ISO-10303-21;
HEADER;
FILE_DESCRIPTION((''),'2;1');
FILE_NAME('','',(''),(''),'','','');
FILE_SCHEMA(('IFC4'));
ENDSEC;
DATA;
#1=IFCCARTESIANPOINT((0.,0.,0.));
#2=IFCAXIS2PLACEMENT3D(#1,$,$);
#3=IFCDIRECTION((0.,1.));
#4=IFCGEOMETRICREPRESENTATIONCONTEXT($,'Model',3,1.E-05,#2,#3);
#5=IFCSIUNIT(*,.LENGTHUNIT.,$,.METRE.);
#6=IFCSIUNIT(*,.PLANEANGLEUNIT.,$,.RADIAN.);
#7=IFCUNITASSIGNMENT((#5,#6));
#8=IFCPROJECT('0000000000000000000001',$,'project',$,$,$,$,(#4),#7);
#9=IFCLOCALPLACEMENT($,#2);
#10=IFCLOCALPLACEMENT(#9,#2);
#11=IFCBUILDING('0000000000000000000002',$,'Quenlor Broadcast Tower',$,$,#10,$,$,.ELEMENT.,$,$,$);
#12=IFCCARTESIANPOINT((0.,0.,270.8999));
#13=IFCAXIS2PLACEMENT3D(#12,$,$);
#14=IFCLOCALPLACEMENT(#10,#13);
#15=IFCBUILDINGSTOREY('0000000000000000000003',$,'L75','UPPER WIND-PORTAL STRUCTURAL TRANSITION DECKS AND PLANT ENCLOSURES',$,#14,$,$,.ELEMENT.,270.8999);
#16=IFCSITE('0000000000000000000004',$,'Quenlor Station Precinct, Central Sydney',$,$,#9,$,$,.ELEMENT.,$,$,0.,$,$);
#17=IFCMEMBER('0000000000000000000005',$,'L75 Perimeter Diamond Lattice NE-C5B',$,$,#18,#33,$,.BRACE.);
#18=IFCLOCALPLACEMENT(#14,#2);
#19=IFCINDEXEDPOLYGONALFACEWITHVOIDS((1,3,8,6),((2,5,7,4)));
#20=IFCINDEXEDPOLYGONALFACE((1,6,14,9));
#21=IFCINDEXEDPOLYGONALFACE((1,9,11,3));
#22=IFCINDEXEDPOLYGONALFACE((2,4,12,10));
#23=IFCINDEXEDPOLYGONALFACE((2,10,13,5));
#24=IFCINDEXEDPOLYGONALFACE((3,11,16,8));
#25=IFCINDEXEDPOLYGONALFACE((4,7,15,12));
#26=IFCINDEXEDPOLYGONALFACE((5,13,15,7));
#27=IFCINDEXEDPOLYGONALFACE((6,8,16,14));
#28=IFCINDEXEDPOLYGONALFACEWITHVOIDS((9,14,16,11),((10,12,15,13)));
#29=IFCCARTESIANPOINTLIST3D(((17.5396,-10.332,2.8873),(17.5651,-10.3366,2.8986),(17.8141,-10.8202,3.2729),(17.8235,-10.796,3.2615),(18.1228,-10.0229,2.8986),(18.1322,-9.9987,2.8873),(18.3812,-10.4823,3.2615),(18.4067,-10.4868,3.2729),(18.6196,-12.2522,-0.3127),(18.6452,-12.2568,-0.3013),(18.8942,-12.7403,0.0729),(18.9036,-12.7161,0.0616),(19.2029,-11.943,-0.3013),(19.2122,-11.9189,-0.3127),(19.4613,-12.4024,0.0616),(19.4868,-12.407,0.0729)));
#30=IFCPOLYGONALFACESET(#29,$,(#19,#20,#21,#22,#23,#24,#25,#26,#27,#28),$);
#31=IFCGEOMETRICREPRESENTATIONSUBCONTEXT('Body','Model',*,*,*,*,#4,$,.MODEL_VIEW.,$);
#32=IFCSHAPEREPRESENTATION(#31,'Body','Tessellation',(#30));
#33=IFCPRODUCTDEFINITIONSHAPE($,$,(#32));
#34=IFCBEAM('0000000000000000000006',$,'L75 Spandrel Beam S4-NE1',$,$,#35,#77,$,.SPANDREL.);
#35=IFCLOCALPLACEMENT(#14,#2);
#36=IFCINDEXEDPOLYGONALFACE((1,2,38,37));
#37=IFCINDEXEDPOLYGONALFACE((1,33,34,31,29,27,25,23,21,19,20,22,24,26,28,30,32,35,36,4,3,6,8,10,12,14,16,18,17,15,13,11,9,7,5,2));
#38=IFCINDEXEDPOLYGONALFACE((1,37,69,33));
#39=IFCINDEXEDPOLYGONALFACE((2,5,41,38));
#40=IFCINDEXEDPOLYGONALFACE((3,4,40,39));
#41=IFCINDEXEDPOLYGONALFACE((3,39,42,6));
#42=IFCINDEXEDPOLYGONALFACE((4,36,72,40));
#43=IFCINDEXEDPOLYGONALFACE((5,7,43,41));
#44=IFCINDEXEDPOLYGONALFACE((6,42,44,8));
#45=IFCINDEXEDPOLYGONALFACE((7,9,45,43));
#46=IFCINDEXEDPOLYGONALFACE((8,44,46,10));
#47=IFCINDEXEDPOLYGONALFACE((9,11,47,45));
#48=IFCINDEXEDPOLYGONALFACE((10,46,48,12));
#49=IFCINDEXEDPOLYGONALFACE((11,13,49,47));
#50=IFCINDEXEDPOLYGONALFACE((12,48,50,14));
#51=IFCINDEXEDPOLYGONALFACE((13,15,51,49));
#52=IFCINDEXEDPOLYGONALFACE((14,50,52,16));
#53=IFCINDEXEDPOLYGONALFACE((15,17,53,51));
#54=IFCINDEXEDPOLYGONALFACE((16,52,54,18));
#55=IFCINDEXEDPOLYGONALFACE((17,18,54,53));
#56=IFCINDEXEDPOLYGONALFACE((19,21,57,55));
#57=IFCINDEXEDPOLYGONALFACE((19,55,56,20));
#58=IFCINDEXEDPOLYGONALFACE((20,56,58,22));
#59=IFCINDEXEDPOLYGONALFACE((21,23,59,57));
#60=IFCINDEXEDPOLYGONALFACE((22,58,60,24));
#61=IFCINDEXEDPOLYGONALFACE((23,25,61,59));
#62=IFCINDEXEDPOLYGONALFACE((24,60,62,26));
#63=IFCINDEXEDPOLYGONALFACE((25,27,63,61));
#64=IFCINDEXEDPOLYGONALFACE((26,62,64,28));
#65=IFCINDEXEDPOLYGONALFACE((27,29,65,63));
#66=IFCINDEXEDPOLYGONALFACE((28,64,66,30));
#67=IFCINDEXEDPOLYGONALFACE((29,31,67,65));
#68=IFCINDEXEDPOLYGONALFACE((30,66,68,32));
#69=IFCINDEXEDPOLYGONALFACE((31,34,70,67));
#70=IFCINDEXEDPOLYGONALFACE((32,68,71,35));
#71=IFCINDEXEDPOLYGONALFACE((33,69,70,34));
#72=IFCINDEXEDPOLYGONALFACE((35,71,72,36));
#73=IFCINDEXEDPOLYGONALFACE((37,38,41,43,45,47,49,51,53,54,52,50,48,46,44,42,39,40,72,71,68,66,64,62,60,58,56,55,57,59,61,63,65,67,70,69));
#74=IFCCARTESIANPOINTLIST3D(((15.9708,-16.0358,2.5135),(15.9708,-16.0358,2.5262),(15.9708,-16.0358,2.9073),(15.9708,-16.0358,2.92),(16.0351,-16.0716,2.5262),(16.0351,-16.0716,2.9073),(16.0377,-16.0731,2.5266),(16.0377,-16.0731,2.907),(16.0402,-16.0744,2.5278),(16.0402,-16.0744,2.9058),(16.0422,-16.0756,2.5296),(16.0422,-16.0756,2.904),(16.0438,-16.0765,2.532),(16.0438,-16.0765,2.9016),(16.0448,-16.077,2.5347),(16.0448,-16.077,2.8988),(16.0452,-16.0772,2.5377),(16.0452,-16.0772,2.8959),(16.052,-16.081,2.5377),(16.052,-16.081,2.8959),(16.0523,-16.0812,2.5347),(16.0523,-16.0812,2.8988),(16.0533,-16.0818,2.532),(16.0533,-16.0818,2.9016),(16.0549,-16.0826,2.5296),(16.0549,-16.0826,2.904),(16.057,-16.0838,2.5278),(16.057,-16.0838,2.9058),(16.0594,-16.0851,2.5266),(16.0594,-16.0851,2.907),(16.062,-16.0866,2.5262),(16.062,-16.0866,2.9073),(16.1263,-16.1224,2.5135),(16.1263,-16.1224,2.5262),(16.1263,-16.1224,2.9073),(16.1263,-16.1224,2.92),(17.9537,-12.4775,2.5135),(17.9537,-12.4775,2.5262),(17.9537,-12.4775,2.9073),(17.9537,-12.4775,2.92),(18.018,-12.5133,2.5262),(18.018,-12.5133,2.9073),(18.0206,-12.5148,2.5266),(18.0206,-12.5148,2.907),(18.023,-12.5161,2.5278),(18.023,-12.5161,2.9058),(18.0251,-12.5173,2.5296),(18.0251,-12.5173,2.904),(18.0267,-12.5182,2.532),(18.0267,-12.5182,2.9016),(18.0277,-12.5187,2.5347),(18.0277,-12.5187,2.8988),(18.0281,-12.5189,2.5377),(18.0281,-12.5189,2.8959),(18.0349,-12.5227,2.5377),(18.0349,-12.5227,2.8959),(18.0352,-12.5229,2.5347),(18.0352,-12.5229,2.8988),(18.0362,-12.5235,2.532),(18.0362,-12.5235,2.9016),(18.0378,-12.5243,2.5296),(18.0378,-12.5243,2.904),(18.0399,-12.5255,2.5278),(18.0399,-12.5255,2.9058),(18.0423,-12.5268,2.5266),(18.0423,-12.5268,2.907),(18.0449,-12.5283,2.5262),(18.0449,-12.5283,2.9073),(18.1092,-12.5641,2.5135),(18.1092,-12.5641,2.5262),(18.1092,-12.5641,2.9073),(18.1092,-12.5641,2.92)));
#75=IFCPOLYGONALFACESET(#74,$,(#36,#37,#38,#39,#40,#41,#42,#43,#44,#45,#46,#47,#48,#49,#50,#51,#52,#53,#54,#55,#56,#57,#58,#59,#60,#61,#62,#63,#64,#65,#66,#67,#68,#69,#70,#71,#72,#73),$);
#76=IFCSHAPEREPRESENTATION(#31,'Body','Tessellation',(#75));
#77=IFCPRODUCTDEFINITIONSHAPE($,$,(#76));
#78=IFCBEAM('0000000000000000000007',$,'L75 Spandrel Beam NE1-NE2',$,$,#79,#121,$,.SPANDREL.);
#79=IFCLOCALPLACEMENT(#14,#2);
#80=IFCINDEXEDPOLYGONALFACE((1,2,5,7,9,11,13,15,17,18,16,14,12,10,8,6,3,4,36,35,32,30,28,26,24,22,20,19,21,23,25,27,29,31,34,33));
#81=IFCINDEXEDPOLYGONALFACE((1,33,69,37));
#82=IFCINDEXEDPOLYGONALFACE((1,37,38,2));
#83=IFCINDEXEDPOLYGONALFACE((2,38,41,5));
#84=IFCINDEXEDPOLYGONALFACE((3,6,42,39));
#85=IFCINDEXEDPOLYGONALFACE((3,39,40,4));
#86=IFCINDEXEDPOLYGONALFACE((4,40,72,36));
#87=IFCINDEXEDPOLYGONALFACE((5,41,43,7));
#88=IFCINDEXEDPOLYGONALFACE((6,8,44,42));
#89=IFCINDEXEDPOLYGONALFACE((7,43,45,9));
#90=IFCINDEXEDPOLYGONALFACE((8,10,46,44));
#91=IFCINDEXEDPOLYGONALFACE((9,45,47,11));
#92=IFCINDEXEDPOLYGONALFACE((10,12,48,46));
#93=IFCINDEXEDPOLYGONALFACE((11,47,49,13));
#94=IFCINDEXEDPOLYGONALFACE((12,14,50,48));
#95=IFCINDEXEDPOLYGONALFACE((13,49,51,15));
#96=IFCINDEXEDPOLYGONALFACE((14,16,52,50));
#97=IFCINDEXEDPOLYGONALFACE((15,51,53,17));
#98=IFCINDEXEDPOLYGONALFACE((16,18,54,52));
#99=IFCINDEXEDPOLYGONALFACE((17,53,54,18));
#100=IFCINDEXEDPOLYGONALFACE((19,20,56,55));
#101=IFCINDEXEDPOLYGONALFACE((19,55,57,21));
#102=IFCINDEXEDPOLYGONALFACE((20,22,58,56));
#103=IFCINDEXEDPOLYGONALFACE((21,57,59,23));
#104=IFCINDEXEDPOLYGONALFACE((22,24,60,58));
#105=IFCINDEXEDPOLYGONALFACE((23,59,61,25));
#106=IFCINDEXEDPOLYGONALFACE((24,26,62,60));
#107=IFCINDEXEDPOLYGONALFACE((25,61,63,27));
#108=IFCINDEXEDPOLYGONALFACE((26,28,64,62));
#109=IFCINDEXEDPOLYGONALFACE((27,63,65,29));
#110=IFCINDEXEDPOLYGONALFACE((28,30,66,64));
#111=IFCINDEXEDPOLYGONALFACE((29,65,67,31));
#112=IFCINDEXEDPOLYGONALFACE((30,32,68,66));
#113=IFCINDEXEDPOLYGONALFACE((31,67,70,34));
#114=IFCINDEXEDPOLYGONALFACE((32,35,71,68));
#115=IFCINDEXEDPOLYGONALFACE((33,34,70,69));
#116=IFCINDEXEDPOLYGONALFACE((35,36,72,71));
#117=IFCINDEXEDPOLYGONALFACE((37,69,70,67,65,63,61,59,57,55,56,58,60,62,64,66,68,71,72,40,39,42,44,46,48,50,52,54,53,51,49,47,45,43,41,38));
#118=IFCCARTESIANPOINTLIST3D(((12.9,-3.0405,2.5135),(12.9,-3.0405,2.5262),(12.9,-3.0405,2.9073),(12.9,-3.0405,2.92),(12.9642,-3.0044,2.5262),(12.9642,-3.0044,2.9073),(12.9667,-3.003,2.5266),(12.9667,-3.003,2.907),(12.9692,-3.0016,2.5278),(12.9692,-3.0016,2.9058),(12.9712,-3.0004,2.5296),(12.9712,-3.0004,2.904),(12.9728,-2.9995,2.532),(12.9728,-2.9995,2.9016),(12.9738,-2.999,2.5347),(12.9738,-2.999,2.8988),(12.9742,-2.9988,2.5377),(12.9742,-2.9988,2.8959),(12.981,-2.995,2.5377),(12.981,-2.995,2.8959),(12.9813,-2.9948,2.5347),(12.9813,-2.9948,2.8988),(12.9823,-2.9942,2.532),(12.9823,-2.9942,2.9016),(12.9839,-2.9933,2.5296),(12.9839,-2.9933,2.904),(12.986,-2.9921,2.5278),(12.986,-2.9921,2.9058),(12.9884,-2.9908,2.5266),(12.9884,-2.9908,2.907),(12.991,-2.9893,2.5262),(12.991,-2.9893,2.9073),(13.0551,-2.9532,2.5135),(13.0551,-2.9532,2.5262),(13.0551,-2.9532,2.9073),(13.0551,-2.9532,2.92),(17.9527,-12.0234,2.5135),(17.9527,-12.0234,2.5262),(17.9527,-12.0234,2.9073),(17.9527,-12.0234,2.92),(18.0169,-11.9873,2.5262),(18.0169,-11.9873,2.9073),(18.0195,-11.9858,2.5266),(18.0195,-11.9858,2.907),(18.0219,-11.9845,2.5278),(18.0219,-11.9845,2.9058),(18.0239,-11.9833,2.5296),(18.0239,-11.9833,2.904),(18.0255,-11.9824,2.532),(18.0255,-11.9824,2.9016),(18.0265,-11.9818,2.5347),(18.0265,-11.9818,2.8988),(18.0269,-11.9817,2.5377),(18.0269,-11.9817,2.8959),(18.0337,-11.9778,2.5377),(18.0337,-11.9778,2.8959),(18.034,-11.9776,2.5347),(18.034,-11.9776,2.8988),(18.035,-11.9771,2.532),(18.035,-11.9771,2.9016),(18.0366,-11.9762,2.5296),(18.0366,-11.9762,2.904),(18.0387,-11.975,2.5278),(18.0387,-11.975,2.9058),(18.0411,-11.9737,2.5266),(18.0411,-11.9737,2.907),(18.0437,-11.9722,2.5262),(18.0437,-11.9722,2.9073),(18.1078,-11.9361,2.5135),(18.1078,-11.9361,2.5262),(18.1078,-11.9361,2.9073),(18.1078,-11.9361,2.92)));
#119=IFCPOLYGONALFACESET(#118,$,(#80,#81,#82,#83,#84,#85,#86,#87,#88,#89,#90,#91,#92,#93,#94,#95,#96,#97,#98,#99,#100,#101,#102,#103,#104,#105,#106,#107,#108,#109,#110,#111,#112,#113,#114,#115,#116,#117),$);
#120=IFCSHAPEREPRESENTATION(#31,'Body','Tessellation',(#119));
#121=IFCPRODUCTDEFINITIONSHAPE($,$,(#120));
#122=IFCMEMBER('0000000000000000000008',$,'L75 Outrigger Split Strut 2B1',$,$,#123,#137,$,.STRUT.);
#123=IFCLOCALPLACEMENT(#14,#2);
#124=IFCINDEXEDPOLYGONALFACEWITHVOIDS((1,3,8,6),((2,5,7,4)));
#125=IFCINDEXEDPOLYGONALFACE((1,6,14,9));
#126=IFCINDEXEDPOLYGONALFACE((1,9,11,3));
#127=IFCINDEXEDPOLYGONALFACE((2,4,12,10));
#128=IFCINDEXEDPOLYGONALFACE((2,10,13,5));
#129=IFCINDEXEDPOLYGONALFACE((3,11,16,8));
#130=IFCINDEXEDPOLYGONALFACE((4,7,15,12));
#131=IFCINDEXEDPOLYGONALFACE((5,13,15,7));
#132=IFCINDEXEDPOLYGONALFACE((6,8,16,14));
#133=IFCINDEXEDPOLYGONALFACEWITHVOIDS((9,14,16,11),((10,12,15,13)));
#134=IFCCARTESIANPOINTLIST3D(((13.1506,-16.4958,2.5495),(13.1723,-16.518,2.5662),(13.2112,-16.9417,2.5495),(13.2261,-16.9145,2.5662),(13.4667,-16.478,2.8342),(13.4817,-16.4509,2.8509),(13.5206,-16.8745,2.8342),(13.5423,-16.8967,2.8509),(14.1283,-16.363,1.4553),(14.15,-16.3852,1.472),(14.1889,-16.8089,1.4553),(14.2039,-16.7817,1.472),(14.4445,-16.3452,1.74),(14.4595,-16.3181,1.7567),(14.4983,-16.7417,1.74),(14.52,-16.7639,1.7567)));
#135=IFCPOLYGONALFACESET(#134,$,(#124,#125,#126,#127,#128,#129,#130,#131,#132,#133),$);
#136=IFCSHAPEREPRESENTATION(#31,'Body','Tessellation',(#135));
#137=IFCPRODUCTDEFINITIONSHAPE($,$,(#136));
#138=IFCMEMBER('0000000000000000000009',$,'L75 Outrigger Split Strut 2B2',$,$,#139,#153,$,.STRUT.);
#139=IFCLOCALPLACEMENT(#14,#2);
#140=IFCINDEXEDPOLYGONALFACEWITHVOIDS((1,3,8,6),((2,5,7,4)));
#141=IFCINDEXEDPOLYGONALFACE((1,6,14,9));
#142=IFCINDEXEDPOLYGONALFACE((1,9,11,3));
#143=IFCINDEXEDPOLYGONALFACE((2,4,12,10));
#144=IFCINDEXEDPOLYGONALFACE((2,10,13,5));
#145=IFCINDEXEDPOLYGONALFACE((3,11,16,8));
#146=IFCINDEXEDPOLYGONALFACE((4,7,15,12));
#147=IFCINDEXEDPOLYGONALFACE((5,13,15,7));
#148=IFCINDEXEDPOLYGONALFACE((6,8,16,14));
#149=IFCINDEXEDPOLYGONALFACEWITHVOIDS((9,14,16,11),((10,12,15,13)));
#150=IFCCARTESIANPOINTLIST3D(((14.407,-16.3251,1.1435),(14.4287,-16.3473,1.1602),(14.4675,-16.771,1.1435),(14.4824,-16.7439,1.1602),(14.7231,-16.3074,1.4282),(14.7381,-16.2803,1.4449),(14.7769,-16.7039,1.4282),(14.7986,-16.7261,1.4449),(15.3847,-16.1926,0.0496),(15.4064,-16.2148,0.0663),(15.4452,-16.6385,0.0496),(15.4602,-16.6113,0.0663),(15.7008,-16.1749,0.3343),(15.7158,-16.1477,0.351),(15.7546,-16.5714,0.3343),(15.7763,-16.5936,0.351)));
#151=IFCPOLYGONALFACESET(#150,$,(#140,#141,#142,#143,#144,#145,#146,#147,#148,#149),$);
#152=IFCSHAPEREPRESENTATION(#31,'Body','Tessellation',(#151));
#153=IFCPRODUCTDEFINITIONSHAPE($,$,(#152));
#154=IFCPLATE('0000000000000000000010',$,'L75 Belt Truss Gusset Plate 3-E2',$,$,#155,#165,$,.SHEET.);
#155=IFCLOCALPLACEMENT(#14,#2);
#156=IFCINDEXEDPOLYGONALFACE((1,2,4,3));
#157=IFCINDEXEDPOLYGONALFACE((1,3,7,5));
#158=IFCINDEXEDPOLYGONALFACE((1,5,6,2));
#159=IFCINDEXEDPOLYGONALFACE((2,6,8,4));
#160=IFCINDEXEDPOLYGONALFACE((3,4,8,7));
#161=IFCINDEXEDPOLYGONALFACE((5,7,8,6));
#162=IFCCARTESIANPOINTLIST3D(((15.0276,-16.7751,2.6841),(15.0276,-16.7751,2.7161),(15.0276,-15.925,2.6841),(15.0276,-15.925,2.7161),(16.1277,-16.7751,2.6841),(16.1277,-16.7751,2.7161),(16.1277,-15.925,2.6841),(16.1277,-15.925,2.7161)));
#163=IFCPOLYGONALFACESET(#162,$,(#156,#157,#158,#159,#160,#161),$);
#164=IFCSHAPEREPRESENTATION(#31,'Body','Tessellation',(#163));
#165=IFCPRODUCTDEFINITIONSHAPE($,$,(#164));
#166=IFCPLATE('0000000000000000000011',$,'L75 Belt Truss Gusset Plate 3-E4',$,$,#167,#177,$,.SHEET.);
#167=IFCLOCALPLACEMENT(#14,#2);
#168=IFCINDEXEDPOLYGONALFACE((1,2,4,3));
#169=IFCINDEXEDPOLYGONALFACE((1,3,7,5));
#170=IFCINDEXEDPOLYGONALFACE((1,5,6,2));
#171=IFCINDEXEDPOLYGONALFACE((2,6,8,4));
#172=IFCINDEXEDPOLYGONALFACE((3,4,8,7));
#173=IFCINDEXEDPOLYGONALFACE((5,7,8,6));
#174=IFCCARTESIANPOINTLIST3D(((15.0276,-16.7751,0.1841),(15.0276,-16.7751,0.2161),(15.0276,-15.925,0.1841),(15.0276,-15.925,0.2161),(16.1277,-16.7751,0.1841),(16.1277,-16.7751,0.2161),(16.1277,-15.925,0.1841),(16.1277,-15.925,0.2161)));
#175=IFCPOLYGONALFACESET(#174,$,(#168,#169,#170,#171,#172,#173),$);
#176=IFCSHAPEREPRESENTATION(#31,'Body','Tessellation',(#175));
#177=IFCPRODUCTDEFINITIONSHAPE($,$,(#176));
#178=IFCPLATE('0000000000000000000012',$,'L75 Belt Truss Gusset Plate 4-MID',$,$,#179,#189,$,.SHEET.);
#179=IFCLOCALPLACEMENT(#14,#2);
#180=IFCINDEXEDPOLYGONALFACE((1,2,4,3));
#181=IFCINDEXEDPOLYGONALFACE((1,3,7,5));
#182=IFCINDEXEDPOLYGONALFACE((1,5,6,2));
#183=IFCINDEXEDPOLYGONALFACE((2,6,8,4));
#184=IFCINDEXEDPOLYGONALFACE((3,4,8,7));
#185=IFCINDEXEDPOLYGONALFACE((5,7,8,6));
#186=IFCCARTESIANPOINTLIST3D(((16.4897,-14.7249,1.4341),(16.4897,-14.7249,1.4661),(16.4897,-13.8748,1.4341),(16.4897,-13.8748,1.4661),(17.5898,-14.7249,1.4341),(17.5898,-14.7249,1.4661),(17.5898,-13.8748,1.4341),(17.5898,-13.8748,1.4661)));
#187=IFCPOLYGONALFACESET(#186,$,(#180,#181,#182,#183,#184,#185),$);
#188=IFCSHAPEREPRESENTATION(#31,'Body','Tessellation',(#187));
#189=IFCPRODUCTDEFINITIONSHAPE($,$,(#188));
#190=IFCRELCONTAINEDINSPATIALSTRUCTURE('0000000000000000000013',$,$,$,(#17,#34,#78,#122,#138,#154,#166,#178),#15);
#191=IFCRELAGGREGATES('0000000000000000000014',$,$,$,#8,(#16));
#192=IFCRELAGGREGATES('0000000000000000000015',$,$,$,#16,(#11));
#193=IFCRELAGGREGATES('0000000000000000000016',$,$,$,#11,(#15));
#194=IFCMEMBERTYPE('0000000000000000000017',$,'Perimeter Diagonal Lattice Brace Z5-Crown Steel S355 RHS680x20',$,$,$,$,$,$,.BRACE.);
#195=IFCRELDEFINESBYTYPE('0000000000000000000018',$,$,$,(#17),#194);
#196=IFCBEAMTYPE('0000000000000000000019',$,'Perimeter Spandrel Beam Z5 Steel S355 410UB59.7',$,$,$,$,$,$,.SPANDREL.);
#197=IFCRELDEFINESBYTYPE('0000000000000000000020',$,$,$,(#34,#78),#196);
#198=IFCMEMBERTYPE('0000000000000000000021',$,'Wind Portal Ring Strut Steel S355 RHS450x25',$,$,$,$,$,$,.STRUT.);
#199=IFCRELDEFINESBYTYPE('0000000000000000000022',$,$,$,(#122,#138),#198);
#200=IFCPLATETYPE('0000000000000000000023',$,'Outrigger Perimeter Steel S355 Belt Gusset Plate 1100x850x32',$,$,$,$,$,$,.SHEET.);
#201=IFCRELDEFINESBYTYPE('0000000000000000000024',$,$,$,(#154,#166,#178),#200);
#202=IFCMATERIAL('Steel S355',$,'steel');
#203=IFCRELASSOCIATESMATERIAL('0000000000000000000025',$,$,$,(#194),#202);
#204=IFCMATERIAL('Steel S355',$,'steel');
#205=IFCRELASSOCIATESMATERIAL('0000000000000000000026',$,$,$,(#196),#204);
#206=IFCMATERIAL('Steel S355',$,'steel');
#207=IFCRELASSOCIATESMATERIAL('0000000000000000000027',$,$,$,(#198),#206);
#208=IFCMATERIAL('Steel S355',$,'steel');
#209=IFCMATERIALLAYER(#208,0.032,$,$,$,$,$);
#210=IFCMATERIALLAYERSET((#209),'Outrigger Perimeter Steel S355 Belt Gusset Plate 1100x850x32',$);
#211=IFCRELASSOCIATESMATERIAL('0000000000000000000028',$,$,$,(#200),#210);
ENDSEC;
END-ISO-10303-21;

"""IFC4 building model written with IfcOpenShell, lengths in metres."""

from ifc_helpers import new_model, si_unit, direction, frame, origin, origin_2d, place, context, subcontext, project, spatial, rectangle, hollow_rectangle, i_section, extrude, material, layer, layer_set, material_profile, profile_set, type_object, element, save


model = new_model("IFC4")

# Units and contexts
model_context = context("Model", 3, precision=1e-05, world=origin(), true_north=direction((0.0, 1.0)))
body_context = subcontext(model_context, "Body", "Model", "MODEL_VIEW")
ifc_project = project(units=[si_unit("LENGTHUNIT", "METRE"), si_unit("PLANEANGLEUNIT", "RADIAN")], contexts=[model_context])

# Site, building, storey
site_placement = place(None, origin())
site = spatial("IfcSite", under=ifc_project, at=site_placement, Name="Quenlor Station Precinct, Central Sydney", CompositionType="ELEMENT", RefElevation=0.0)
building_placement = place(site_placement, origin())
building = spatial("IfcBuilding", under=site, at=building_placement, Name="Quenlor Broadcast Tower", CompositionType="ELEMENT")
storey_placement = place(building_placement, frame((0.0, 0.0, 270.8999)))
storey = spatial("IfcBuildingStorey", under=building, at=storey_placement, Name="L75", Description="UPPER WIND-PORTAL STRUCTURAL TRANSITION DECKS AND PLANT ENCLOSURES", CompositionType="ELEMENT", Elevation=270.8999)

# Member
ifc_material_1 = material(Name="Steel S355", Category="steel")
ifc_material_profile_1 = material_profile(ifc_material_1, hollow_rectangle(XDim=0.6799, YDim=0.6799, WallThickness=0.02, at=origin_2d()))
ifc_profile_set_1 = profile_set([ifc_material_profile_1], Name="Steel S355 RHS680x680x20")
member_type_1 = type_object("IfcMemberType", Name="Perimeter Diagonal Lattice Brace Z5-Crown Steel S355 RHS680x20", PredefinedType="BRACE", material=ifc_profile_set_1)
member_1_placement = place(storey_placement, frame((19.0532, -12.3296, -0.1199), z_axis=(-0.278012, 0.49425, 0.823666), x_axis=(-0.871578, -0.490256, 0.0)))
element("IfcMember", 1, at=member_1_placement, inside=storey, type_object=member_type_1, Name="L75 Perimeter Diamond Lattice NE-C5B", PredefinedType="BRACE", context=body_context, shape_type="SweptSolid", body=[
    extrude(hollow_rectangle(XDim=0.6799, YDim=0.6799, WallThickness=0.02, at=origin_2d()), origin(), (0.0, 0.0, 1.0), 3.885),
])

# Beams
ifc_material_2 = material(Name="Steel S355", Category="steel")
ifc_material_profile_2 = material_profile(ifc_material_2, i_section(OverallWidth=0.178, OverallDepth=0.4065, WebThickness=0.0078, FlangeThickness=0.0127, FilletRadius=0.0115, at=origin_2d()))
ifc_profile_set_2 = profile_set([ifc_material_profile_2], Name="Steel S355 410UB59.7")
beam_type_1 = type_object("IfcBeamType", Name="Perimeter Spandrel Beam Z5 Steel S355 410UB59.7", PredefinedType="SPANDREL", material=ifc_profile_set_2)
beam_1_placement = place(storey_placement, frame((16.0486, -16.0791, 2.7168), z_axis=(0.486777, 0.873526, 0.0), x_axis=(-0.873526, 0.486777, 0.0)))
element("IfcBeam", 2, at=beam_1_placement, inside=storey, type_object=beam_type_1, Name="L75 Spandrel Beam S4-NE1", PredefinedType="SPANDREL", context=body_context, shape_type="SweptSolid", body=[
    extrude(i_section(OverallWidth=0.178, OverallDepth=0.4065, WebThickness=0.0078, FlangeThickness=0.0127, FilletRadius=0.0115, at=origin_2d()), origin(), (0.0, 0.0, 1.0), 4.0735),
])
beam_2_placement = place(storey_placement, frame((18.0303, -11.9797, 2.7168), z_axis=(-0.49025, 0.871582, 0.0), x_axis=(-0.871582, -0.49025, 0.0)))
element("IfcBeam", 3, at=beam_2_placement, inside=storey, type_object=beam_type_1, Name="L75 Spandrel Beam NE1-NE2", PredefinedType="SPANDREL", context=body_context, shape_type="SweptSolid", body=[
    extrude(i_section(OverallWidth=0.178, OverallDepth=0.4065, WebThickness=0.0078, FlangeThickness=0.0127, FilletRadius=0.0115, at=origin_2d()), origin(), (0.0, 0.0, 1.0), 10.3064),
])

# Members
ifc_material_3 = material(Name="Steel S355", Category="steel")
ifc_material_profile_3 = material_profile(ifc_material_3, hollow_rectangle(XDim=0.45, YDim=0.45, WallThickness=0.0249, at=origin_2d()))
ifc_profile_set_3 = profile_set([ifc_material_profile_3], Name="Steel S355 RHS450x450x25")
member_type_2 = type_object("IfcMemberType", Name="Wind Portal Ring Strut Steel S355 RHS450x25", PredefinedType="STRUT", material=ifc_profile_set_3)
member_2_placement = place(storey_placement, frame((13.3464, -16.6963, 2.7002), z_axis=(0.663601, 0.090137, -0.742637), x_axis=(-0.134594, 0.990901, 0.0)))
element("IfcMember", 4, at=member_2_placement, inside=storey, type_object=member_type_2, Name="L75 Outrigger Split Strut 2B1", PredefinedType="STRUT", context=body_context, shape_type="SweptSolid", body=[
    extrude(hollow_rectangle(XDim=0.45, YDim=0.45, WallThickness=0.0249, at=origin_2d()), origin(), (0.0, 0.0, 1.0), 1.4734),
])
member_3_placement = place(storey_placement, frame((14.6028, -16.5256, 1.2942), z_axis=(0.663693, 0.089984, -0.742573), x_axis=(-0.134351, 0.990934, 0.0)))
element("IfcMember", 5, at=member_3_placement, inside=storey, type_object=member_type_2, Name="L75 Outrigger Split Strut 2B2", PredefinedType="STRUT", context=body_context, shape_type="SweptSolid", body=[
    extrude(hollow_rectangle(XDim=0.45, YDim=0.45, WallThickness=0.0249, at=origin_2d()), origin(), (0.0, 0.0, 1.0), 1.4731),
])

# Plates
ifc_material_4 = material(Name="Steel S355", Category="steel")
ifc_layer_1 = layer(ifc_material_4, 0.032)
ifc_layer_set_1 = layer_set([ifc_layer_1], Name="Outrigger Perimeter Steel S355 Belt Gusset Plate 1100x850x32")
plate_type_1 = type_object("IfcPlateType", Name="Outrigger Perimeter Steel S355 Belt Gusset Plate 1100x850x32", PredefinedType="SHEET", material=ifc_layer_set_1)
for number, where, z_axis, x_axis, name in (
    (6, (15.5776, -16.3501, 2.6841), (0.0, 0.0, 1.0), (1.0, 0.0, 0.0), "L75 Belt Truss Gusset Plate 3-E2"),
    (7, (15.5776, -16.3501, 0.1841), (0.0, 0.0, 1.0), (1.0, 0.0, 0.0), "L75 Belt Truss Gusset Plate 3-E4"),
    (8, (17.0398, -14.2998, 1.4341), (0.0, 0.0, 1.0), (1.0, 0.0, 0.0), "L75 Belt Truss Gusset Plate 4-MID"),
):
    element("IfcPlate", number, at=place(storey_placement, frame(where, z_axis=z_axis, x_axis=x_axis)), inside=storey, type_object=plate_type_1, Name=name, PredefinedType="SHEET", context=body_context, shape_type="SweptSolid", body=[
        extrude(rectangle(XDim=1.1001, YDim=0.8501, at=origin_2d()), origin(), (0.0, 0.0, 1.0), 0.032),
    ])

save(model, "model.ifc")
